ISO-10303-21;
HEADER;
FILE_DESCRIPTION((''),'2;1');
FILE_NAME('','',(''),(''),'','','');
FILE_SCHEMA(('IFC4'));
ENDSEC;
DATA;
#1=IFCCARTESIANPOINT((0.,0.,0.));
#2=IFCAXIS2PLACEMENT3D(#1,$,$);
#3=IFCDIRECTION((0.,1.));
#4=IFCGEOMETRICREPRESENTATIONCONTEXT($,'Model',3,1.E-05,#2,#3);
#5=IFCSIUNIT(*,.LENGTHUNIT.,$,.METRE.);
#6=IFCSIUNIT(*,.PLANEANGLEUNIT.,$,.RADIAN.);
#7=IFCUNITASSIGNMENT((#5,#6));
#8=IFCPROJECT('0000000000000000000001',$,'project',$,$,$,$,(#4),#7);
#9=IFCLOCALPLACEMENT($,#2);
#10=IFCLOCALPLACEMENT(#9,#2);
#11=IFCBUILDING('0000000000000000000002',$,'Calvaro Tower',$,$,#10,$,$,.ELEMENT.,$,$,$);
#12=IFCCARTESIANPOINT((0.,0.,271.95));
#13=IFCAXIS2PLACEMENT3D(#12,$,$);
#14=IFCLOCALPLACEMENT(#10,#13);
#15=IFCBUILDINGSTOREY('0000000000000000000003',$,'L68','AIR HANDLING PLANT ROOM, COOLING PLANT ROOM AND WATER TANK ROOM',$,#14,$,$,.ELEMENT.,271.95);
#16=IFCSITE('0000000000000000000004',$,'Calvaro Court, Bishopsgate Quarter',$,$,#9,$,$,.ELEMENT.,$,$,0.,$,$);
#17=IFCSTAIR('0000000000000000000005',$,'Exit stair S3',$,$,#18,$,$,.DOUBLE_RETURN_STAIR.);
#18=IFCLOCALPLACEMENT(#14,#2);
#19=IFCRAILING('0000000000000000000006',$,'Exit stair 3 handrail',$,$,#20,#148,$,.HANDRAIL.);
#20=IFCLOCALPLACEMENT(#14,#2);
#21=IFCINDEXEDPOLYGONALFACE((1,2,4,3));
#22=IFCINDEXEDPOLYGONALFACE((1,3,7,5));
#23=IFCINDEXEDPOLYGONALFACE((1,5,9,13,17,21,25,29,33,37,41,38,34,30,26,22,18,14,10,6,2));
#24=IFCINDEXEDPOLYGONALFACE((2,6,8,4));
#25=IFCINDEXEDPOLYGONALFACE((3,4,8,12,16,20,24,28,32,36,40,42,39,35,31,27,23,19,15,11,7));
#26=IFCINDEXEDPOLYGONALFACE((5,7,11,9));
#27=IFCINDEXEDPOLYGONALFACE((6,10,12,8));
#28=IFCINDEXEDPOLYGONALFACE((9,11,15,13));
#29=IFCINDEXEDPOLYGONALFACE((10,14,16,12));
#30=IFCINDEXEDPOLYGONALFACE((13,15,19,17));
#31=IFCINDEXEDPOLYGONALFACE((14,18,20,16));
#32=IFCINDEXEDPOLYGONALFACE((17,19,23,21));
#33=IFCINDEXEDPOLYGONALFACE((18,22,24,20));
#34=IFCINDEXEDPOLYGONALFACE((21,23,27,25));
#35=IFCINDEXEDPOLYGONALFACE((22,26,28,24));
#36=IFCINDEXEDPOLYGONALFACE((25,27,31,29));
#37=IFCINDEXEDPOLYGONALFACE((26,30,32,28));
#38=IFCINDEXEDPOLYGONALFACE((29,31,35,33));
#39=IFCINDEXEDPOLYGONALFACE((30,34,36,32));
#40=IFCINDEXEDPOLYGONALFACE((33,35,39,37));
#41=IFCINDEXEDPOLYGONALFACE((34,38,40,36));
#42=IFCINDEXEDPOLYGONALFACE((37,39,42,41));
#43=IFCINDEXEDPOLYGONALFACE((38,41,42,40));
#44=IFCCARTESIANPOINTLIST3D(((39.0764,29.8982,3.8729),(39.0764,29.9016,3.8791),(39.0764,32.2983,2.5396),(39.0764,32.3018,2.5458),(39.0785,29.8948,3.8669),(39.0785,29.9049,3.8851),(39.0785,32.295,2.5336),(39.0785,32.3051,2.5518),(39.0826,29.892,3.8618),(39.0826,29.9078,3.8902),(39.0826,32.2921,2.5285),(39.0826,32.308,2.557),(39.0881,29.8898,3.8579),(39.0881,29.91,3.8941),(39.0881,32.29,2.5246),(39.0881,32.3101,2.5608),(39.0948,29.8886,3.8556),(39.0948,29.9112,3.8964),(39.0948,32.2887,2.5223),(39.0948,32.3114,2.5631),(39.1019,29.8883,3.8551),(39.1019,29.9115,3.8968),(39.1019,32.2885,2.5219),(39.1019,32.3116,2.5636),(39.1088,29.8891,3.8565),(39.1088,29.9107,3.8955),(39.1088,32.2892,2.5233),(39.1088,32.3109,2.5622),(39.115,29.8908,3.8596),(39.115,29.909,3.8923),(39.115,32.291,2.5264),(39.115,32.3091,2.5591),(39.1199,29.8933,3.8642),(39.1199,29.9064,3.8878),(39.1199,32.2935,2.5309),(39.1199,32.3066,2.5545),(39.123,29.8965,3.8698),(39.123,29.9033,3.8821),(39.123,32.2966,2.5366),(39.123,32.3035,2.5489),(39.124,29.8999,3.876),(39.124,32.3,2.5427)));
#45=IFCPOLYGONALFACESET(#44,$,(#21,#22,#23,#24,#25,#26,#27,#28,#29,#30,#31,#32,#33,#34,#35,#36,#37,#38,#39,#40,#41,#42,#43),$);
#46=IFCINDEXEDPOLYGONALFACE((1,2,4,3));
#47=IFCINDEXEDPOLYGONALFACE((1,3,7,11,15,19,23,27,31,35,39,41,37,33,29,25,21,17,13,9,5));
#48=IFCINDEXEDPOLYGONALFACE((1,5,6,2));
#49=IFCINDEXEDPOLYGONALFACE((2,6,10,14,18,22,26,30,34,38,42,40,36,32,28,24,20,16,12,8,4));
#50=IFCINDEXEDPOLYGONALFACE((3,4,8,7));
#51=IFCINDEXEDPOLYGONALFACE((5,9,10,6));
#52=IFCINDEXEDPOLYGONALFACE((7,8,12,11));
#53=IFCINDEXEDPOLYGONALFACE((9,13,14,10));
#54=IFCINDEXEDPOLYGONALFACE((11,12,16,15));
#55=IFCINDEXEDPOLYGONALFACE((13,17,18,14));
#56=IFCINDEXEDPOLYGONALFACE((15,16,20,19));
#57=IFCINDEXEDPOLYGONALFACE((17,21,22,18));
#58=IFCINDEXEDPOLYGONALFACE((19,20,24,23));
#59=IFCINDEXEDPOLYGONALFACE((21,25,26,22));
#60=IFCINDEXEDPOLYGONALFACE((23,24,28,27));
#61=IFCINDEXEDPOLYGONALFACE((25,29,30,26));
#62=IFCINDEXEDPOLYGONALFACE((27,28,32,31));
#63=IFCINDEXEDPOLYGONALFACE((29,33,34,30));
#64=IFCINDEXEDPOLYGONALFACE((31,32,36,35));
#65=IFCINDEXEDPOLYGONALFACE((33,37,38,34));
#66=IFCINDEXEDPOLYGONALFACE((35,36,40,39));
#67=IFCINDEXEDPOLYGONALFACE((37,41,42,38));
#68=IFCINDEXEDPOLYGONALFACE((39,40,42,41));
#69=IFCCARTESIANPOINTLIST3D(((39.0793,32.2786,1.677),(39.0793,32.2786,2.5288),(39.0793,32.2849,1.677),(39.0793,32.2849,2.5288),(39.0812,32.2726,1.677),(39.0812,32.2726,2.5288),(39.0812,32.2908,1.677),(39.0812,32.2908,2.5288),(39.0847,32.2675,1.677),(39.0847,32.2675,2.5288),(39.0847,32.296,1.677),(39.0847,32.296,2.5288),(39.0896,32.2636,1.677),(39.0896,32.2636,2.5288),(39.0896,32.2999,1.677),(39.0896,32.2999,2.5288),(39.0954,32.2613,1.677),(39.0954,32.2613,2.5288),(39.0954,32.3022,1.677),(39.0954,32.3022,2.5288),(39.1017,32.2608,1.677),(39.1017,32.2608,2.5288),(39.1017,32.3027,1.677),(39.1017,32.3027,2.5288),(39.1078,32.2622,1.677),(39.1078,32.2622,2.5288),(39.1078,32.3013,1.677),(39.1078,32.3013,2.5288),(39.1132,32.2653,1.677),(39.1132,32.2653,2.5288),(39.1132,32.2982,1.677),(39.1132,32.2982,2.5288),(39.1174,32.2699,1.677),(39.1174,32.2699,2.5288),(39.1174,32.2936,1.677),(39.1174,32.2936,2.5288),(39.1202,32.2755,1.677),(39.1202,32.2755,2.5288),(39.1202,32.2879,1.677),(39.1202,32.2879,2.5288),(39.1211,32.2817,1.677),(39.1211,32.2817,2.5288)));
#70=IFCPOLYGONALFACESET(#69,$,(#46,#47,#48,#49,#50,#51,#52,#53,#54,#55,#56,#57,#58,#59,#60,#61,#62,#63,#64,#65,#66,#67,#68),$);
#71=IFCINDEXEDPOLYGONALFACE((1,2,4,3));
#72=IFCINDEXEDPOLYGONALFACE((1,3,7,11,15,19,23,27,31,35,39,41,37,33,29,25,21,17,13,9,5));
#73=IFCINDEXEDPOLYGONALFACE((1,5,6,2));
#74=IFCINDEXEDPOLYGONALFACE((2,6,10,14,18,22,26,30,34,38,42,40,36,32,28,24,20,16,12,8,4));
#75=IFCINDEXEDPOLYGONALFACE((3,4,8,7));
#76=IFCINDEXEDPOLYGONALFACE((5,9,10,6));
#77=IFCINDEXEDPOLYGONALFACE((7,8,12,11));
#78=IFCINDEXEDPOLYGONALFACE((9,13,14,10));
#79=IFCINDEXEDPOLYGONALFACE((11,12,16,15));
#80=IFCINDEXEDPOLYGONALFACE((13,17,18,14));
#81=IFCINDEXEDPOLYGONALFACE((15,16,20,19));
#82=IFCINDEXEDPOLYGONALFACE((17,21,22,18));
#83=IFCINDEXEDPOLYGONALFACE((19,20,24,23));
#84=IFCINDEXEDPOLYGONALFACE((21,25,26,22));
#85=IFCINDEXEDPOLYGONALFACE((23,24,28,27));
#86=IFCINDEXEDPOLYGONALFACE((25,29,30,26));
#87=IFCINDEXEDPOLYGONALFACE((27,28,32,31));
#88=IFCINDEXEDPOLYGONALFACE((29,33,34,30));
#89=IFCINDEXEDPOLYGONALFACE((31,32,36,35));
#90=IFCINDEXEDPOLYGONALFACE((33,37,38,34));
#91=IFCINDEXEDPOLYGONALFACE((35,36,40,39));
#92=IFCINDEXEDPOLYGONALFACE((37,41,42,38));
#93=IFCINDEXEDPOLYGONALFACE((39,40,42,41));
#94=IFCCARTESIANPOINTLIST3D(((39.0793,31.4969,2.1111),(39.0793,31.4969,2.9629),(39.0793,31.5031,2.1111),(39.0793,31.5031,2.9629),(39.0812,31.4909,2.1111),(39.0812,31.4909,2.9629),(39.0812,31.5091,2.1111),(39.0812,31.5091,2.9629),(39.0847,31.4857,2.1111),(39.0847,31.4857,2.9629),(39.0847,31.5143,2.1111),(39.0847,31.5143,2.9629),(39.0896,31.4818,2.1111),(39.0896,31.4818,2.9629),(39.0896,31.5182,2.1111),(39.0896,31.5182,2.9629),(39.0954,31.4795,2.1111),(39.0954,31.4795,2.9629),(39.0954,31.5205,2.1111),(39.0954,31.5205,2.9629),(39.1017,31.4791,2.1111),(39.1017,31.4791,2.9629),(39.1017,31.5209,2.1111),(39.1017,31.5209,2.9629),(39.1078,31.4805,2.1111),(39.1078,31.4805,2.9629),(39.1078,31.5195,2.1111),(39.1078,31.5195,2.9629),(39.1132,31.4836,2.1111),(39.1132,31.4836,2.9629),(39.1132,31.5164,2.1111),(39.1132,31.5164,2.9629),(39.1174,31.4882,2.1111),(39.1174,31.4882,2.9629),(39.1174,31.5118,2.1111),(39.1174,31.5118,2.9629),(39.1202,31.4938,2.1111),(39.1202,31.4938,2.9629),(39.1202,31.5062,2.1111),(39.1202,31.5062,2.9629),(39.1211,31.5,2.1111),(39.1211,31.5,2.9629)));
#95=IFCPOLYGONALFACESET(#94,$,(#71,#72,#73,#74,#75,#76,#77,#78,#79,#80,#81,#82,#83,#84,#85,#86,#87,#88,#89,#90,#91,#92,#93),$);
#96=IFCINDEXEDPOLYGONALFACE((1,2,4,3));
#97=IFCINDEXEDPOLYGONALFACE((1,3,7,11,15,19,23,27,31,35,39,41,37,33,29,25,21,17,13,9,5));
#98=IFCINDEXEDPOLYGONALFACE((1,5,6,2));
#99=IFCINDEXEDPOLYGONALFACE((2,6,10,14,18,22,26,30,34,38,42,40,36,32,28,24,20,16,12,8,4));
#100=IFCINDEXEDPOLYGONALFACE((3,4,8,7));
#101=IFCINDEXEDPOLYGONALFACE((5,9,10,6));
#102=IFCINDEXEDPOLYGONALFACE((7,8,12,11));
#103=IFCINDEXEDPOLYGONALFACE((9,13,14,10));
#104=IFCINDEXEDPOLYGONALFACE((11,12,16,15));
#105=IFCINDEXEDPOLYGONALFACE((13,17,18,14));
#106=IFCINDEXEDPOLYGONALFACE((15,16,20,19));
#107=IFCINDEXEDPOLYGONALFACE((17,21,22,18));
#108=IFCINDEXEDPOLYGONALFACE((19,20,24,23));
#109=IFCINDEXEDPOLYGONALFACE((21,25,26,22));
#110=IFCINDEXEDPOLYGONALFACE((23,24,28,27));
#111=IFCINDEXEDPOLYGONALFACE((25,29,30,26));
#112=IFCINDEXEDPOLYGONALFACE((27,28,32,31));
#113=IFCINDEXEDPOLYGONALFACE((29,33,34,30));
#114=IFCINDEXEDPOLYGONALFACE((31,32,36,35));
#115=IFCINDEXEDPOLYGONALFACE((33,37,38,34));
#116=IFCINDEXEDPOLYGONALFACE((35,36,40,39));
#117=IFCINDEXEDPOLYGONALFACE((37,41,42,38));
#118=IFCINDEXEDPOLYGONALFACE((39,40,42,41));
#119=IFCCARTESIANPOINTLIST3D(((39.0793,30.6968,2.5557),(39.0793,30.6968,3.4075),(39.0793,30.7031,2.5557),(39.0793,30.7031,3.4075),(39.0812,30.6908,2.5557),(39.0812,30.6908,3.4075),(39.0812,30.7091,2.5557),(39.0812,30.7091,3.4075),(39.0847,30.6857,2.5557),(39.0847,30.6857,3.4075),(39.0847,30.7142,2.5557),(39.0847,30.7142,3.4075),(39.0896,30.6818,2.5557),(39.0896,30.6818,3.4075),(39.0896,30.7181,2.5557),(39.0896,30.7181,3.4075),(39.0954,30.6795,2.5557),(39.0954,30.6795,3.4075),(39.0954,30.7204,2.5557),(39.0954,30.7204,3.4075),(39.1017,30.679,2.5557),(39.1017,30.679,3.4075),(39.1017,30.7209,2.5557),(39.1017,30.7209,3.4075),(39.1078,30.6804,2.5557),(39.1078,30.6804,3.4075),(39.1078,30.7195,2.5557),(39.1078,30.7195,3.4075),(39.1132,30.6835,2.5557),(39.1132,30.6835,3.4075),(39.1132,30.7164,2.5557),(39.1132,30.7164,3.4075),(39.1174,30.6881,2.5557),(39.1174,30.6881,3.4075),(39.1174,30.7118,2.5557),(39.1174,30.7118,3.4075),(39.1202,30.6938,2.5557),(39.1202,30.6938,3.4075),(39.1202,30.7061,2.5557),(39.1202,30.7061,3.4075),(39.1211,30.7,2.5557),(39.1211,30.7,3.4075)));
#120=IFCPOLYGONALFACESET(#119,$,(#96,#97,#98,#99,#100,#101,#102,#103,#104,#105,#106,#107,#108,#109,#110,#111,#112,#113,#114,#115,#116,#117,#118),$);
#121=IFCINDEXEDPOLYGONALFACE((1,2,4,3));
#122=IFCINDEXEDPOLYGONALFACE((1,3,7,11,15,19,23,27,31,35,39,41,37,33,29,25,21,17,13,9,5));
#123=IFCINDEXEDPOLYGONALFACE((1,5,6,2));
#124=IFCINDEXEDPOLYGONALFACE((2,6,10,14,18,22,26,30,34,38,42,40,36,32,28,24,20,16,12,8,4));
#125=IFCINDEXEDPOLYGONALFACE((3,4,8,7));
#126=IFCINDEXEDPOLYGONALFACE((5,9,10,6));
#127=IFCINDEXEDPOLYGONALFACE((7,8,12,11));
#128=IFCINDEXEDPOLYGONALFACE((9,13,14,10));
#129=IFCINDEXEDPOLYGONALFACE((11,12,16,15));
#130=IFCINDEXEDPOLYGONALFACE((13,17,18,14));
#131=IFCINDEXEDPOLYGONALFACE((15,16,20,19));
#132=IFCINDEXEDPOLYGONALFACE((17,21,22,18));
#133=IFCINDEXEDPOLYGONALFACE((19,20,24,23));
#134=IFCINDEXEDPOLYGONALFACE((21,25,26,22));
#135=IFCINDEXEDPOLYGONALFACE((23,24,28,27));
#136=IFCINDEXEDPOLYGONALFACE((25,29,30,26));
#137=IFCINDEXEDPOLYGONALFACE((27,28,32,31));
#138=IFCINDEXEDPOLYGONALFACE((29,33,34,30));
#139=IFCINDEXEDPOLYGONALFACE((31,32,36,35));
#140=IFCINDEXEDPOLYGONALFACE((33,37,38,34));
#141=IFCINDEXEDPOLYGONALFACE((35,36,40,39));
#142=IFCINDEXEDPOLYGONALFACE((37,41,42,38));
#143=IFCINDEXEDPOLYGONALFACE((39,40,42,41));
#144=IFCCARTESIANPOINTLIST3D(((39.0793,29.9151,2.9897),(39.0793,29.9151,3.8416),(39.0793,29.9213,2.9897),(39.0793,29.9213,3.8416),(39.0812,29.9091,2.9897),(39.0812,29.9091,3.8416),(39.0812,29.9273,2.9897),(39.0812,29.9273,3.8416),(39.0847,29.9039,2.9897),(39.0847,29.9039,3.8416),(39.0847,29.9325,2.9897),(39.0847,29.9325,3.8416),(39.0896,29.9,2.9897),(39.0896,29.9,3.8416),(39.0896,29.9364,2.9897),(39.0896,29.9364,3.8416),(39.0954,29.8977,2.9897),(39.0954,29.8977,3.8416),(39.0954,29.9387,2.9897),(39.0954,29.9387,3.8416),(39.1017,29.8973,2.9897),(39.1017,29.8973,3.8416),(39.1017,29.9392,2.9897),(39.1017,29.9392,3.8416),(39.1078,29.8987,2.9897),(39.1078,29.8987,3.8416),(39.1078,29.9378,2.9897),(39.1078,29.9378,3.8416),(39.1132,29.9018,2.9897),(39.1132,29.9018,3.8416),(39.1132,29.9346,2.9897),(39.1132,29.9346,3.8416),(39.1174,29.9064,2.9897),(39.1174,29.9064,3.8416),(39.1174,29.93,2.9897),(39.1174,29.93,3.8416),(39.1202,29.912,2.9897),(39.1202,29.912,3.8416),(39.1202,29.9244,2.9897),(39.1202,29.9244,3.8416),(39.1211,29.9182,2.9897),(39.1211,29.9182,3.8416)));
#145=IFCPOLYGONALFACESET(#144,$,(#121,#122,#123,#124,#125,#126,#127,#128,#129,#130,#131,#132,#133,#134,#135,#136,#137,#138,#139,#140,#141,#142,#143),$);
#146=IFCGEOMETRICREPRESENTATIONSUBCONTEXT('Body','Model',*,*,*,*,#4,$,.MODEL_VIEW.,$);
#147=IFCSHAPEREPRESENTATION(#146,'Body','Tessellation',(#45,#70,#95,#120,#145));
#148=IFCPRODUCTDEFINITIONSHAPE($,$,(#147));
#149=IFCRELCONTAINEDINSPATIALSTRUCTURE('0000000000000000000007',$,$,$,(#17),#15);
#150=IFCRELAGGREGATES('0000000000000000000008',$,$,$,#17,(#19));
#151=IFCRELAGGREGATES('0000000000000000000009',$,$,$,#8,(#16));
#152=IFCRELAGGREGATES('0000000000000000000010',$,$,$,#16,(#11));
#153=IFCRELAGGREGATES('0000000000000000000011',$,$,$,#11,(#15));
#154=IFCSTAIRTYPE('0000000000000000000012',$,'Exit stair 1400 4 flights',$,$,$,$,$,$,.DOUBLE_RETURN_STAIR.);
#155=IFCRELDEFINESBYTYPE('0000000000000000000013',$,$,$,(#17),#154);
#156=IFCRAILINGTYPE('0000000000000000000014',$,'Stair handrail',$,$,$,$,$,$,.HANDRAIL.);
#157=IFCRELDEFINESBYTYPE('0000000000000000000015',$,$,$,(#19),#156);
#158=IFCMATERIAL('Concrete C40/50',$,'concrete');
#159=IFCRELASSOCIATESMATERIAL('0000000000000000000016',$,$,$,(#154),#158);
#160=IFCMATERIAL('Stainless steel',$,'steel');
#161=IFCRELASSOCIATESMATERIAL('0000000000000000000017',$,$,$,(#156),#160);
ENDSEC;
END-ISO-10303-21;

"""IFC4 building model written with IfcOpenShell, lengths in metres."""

from ifc_helpers import new_model, si_unit, direction, frame, origin, origin_2d, place, context, subcontext, project, spatial, circle, extrude, material, type_object, element, aggregate, save


model = new_model("IFC4")

# Units and contexts
model_context = context("Model", 3, precision=1e-05, world=origin(), true_north=direction((0.0, 1.0)))
body_context = subcontext(model_context, "Body", "Model", "MODEL_VIEW")
ifc_project = project(units=[si_unit("LENGTHUNIT", "METRE"), si_unit("PLANEANGLEUNIT", "RADIAN")], contexts=[model_context])

# Site, building, storey
site_placement = place(None, origin())
site = spatial("IfcSite", under=ifc_project, at=site_placement, Name="Calvaro Court, Bishopsgate Quarter", CompositionType="ELEMENT", RefElevation=0.0)
building_placement = place(site_placement, origin())
building = spatial("IfcBuilding", under=site, at=building_placement, Name="Calvaro Tower", CompositionType="ELEMENT")
storey_placement = place(building_placement, frame((0.0, 0.0, 271.95)))
storey = spatial("IfcBuildingStorey", under=building, at=storey_placement, Name="L68", Description="AIR HANDLING PLANT ROOM, COOLING PLANT ROOM AND WATER TANK ROOM", CompositionType="ELEMENT", Elevation=271.95)

# Stair
ifc_material_1 = material(Name="Concrete C40/50", Category="concrete")
stair_type = type_object("IfcStairType", Name="Exit stair 1400 4 flights", PredefinedType="DOUBLE_RETURN_STAIR", material=ifc_material_1)
stair_placement = place(storey_placement, origin())
stair = element("IfcStair", 1, at=stair_placement, inside=storey, type_object=stair_type, Name="Exit stair S3", PredefinedType="DOUBLE_RETURN_STAIR")

# Railing
ifc_material_2 = material(Name="Stainless steel", Category="steel")
railing_type = type_object("IfcRailingType", Name="Stair handrail", PredefinedType="HANDRAIL", material=ifc_material_2)
railing_1_placement = place(storey_placement, frame((39.1001, 32.3, 1.6667)))
railing_1 = element("IfcRailing", 2, at=railing_1_placement, type_object=railing_type, Name="Exit stair 3 handrail", PredefinedType="HANDRAIL", context=body_context, shape_type="SweptSolid", body=[
    extrude(circle(Radius=0.0239, at=origin_2d()), frame((0.0, 0.0, 0.876), z_axis=(0.0, -0.874182, 0.485598), x_axis=(1.0, 0.0, 0.0)), (0.0, 0.0, 1.0), 2.7456),
    extrude(circle(Radius=0.021, at=origin_2d()), frame((0.0, -0.0183, 0.0103)), (0.0, 0.0, 1.0), 0.8518),
    extrude(circle(Radius=0.021, at=origin_2d()), frame((0.0, -0.8, 0.4443)), (0.0, 0.0, 1.0), 0.8518),
    extrude(circle(Radius=0.021, at=origin_2d()), frame((0.0, -1.6001, 0.8889)), (0.0, 0.0, 1.0), 0.8518),
    extrude(circle(Radius=0.021, at=origin_2d()), frame((0.0, -2.3818, 1.323)), (0.0, 0.0, 1.0), 0.8518),
])
aggregate(stair, [railing_1])

save(model, "model.ifc")
